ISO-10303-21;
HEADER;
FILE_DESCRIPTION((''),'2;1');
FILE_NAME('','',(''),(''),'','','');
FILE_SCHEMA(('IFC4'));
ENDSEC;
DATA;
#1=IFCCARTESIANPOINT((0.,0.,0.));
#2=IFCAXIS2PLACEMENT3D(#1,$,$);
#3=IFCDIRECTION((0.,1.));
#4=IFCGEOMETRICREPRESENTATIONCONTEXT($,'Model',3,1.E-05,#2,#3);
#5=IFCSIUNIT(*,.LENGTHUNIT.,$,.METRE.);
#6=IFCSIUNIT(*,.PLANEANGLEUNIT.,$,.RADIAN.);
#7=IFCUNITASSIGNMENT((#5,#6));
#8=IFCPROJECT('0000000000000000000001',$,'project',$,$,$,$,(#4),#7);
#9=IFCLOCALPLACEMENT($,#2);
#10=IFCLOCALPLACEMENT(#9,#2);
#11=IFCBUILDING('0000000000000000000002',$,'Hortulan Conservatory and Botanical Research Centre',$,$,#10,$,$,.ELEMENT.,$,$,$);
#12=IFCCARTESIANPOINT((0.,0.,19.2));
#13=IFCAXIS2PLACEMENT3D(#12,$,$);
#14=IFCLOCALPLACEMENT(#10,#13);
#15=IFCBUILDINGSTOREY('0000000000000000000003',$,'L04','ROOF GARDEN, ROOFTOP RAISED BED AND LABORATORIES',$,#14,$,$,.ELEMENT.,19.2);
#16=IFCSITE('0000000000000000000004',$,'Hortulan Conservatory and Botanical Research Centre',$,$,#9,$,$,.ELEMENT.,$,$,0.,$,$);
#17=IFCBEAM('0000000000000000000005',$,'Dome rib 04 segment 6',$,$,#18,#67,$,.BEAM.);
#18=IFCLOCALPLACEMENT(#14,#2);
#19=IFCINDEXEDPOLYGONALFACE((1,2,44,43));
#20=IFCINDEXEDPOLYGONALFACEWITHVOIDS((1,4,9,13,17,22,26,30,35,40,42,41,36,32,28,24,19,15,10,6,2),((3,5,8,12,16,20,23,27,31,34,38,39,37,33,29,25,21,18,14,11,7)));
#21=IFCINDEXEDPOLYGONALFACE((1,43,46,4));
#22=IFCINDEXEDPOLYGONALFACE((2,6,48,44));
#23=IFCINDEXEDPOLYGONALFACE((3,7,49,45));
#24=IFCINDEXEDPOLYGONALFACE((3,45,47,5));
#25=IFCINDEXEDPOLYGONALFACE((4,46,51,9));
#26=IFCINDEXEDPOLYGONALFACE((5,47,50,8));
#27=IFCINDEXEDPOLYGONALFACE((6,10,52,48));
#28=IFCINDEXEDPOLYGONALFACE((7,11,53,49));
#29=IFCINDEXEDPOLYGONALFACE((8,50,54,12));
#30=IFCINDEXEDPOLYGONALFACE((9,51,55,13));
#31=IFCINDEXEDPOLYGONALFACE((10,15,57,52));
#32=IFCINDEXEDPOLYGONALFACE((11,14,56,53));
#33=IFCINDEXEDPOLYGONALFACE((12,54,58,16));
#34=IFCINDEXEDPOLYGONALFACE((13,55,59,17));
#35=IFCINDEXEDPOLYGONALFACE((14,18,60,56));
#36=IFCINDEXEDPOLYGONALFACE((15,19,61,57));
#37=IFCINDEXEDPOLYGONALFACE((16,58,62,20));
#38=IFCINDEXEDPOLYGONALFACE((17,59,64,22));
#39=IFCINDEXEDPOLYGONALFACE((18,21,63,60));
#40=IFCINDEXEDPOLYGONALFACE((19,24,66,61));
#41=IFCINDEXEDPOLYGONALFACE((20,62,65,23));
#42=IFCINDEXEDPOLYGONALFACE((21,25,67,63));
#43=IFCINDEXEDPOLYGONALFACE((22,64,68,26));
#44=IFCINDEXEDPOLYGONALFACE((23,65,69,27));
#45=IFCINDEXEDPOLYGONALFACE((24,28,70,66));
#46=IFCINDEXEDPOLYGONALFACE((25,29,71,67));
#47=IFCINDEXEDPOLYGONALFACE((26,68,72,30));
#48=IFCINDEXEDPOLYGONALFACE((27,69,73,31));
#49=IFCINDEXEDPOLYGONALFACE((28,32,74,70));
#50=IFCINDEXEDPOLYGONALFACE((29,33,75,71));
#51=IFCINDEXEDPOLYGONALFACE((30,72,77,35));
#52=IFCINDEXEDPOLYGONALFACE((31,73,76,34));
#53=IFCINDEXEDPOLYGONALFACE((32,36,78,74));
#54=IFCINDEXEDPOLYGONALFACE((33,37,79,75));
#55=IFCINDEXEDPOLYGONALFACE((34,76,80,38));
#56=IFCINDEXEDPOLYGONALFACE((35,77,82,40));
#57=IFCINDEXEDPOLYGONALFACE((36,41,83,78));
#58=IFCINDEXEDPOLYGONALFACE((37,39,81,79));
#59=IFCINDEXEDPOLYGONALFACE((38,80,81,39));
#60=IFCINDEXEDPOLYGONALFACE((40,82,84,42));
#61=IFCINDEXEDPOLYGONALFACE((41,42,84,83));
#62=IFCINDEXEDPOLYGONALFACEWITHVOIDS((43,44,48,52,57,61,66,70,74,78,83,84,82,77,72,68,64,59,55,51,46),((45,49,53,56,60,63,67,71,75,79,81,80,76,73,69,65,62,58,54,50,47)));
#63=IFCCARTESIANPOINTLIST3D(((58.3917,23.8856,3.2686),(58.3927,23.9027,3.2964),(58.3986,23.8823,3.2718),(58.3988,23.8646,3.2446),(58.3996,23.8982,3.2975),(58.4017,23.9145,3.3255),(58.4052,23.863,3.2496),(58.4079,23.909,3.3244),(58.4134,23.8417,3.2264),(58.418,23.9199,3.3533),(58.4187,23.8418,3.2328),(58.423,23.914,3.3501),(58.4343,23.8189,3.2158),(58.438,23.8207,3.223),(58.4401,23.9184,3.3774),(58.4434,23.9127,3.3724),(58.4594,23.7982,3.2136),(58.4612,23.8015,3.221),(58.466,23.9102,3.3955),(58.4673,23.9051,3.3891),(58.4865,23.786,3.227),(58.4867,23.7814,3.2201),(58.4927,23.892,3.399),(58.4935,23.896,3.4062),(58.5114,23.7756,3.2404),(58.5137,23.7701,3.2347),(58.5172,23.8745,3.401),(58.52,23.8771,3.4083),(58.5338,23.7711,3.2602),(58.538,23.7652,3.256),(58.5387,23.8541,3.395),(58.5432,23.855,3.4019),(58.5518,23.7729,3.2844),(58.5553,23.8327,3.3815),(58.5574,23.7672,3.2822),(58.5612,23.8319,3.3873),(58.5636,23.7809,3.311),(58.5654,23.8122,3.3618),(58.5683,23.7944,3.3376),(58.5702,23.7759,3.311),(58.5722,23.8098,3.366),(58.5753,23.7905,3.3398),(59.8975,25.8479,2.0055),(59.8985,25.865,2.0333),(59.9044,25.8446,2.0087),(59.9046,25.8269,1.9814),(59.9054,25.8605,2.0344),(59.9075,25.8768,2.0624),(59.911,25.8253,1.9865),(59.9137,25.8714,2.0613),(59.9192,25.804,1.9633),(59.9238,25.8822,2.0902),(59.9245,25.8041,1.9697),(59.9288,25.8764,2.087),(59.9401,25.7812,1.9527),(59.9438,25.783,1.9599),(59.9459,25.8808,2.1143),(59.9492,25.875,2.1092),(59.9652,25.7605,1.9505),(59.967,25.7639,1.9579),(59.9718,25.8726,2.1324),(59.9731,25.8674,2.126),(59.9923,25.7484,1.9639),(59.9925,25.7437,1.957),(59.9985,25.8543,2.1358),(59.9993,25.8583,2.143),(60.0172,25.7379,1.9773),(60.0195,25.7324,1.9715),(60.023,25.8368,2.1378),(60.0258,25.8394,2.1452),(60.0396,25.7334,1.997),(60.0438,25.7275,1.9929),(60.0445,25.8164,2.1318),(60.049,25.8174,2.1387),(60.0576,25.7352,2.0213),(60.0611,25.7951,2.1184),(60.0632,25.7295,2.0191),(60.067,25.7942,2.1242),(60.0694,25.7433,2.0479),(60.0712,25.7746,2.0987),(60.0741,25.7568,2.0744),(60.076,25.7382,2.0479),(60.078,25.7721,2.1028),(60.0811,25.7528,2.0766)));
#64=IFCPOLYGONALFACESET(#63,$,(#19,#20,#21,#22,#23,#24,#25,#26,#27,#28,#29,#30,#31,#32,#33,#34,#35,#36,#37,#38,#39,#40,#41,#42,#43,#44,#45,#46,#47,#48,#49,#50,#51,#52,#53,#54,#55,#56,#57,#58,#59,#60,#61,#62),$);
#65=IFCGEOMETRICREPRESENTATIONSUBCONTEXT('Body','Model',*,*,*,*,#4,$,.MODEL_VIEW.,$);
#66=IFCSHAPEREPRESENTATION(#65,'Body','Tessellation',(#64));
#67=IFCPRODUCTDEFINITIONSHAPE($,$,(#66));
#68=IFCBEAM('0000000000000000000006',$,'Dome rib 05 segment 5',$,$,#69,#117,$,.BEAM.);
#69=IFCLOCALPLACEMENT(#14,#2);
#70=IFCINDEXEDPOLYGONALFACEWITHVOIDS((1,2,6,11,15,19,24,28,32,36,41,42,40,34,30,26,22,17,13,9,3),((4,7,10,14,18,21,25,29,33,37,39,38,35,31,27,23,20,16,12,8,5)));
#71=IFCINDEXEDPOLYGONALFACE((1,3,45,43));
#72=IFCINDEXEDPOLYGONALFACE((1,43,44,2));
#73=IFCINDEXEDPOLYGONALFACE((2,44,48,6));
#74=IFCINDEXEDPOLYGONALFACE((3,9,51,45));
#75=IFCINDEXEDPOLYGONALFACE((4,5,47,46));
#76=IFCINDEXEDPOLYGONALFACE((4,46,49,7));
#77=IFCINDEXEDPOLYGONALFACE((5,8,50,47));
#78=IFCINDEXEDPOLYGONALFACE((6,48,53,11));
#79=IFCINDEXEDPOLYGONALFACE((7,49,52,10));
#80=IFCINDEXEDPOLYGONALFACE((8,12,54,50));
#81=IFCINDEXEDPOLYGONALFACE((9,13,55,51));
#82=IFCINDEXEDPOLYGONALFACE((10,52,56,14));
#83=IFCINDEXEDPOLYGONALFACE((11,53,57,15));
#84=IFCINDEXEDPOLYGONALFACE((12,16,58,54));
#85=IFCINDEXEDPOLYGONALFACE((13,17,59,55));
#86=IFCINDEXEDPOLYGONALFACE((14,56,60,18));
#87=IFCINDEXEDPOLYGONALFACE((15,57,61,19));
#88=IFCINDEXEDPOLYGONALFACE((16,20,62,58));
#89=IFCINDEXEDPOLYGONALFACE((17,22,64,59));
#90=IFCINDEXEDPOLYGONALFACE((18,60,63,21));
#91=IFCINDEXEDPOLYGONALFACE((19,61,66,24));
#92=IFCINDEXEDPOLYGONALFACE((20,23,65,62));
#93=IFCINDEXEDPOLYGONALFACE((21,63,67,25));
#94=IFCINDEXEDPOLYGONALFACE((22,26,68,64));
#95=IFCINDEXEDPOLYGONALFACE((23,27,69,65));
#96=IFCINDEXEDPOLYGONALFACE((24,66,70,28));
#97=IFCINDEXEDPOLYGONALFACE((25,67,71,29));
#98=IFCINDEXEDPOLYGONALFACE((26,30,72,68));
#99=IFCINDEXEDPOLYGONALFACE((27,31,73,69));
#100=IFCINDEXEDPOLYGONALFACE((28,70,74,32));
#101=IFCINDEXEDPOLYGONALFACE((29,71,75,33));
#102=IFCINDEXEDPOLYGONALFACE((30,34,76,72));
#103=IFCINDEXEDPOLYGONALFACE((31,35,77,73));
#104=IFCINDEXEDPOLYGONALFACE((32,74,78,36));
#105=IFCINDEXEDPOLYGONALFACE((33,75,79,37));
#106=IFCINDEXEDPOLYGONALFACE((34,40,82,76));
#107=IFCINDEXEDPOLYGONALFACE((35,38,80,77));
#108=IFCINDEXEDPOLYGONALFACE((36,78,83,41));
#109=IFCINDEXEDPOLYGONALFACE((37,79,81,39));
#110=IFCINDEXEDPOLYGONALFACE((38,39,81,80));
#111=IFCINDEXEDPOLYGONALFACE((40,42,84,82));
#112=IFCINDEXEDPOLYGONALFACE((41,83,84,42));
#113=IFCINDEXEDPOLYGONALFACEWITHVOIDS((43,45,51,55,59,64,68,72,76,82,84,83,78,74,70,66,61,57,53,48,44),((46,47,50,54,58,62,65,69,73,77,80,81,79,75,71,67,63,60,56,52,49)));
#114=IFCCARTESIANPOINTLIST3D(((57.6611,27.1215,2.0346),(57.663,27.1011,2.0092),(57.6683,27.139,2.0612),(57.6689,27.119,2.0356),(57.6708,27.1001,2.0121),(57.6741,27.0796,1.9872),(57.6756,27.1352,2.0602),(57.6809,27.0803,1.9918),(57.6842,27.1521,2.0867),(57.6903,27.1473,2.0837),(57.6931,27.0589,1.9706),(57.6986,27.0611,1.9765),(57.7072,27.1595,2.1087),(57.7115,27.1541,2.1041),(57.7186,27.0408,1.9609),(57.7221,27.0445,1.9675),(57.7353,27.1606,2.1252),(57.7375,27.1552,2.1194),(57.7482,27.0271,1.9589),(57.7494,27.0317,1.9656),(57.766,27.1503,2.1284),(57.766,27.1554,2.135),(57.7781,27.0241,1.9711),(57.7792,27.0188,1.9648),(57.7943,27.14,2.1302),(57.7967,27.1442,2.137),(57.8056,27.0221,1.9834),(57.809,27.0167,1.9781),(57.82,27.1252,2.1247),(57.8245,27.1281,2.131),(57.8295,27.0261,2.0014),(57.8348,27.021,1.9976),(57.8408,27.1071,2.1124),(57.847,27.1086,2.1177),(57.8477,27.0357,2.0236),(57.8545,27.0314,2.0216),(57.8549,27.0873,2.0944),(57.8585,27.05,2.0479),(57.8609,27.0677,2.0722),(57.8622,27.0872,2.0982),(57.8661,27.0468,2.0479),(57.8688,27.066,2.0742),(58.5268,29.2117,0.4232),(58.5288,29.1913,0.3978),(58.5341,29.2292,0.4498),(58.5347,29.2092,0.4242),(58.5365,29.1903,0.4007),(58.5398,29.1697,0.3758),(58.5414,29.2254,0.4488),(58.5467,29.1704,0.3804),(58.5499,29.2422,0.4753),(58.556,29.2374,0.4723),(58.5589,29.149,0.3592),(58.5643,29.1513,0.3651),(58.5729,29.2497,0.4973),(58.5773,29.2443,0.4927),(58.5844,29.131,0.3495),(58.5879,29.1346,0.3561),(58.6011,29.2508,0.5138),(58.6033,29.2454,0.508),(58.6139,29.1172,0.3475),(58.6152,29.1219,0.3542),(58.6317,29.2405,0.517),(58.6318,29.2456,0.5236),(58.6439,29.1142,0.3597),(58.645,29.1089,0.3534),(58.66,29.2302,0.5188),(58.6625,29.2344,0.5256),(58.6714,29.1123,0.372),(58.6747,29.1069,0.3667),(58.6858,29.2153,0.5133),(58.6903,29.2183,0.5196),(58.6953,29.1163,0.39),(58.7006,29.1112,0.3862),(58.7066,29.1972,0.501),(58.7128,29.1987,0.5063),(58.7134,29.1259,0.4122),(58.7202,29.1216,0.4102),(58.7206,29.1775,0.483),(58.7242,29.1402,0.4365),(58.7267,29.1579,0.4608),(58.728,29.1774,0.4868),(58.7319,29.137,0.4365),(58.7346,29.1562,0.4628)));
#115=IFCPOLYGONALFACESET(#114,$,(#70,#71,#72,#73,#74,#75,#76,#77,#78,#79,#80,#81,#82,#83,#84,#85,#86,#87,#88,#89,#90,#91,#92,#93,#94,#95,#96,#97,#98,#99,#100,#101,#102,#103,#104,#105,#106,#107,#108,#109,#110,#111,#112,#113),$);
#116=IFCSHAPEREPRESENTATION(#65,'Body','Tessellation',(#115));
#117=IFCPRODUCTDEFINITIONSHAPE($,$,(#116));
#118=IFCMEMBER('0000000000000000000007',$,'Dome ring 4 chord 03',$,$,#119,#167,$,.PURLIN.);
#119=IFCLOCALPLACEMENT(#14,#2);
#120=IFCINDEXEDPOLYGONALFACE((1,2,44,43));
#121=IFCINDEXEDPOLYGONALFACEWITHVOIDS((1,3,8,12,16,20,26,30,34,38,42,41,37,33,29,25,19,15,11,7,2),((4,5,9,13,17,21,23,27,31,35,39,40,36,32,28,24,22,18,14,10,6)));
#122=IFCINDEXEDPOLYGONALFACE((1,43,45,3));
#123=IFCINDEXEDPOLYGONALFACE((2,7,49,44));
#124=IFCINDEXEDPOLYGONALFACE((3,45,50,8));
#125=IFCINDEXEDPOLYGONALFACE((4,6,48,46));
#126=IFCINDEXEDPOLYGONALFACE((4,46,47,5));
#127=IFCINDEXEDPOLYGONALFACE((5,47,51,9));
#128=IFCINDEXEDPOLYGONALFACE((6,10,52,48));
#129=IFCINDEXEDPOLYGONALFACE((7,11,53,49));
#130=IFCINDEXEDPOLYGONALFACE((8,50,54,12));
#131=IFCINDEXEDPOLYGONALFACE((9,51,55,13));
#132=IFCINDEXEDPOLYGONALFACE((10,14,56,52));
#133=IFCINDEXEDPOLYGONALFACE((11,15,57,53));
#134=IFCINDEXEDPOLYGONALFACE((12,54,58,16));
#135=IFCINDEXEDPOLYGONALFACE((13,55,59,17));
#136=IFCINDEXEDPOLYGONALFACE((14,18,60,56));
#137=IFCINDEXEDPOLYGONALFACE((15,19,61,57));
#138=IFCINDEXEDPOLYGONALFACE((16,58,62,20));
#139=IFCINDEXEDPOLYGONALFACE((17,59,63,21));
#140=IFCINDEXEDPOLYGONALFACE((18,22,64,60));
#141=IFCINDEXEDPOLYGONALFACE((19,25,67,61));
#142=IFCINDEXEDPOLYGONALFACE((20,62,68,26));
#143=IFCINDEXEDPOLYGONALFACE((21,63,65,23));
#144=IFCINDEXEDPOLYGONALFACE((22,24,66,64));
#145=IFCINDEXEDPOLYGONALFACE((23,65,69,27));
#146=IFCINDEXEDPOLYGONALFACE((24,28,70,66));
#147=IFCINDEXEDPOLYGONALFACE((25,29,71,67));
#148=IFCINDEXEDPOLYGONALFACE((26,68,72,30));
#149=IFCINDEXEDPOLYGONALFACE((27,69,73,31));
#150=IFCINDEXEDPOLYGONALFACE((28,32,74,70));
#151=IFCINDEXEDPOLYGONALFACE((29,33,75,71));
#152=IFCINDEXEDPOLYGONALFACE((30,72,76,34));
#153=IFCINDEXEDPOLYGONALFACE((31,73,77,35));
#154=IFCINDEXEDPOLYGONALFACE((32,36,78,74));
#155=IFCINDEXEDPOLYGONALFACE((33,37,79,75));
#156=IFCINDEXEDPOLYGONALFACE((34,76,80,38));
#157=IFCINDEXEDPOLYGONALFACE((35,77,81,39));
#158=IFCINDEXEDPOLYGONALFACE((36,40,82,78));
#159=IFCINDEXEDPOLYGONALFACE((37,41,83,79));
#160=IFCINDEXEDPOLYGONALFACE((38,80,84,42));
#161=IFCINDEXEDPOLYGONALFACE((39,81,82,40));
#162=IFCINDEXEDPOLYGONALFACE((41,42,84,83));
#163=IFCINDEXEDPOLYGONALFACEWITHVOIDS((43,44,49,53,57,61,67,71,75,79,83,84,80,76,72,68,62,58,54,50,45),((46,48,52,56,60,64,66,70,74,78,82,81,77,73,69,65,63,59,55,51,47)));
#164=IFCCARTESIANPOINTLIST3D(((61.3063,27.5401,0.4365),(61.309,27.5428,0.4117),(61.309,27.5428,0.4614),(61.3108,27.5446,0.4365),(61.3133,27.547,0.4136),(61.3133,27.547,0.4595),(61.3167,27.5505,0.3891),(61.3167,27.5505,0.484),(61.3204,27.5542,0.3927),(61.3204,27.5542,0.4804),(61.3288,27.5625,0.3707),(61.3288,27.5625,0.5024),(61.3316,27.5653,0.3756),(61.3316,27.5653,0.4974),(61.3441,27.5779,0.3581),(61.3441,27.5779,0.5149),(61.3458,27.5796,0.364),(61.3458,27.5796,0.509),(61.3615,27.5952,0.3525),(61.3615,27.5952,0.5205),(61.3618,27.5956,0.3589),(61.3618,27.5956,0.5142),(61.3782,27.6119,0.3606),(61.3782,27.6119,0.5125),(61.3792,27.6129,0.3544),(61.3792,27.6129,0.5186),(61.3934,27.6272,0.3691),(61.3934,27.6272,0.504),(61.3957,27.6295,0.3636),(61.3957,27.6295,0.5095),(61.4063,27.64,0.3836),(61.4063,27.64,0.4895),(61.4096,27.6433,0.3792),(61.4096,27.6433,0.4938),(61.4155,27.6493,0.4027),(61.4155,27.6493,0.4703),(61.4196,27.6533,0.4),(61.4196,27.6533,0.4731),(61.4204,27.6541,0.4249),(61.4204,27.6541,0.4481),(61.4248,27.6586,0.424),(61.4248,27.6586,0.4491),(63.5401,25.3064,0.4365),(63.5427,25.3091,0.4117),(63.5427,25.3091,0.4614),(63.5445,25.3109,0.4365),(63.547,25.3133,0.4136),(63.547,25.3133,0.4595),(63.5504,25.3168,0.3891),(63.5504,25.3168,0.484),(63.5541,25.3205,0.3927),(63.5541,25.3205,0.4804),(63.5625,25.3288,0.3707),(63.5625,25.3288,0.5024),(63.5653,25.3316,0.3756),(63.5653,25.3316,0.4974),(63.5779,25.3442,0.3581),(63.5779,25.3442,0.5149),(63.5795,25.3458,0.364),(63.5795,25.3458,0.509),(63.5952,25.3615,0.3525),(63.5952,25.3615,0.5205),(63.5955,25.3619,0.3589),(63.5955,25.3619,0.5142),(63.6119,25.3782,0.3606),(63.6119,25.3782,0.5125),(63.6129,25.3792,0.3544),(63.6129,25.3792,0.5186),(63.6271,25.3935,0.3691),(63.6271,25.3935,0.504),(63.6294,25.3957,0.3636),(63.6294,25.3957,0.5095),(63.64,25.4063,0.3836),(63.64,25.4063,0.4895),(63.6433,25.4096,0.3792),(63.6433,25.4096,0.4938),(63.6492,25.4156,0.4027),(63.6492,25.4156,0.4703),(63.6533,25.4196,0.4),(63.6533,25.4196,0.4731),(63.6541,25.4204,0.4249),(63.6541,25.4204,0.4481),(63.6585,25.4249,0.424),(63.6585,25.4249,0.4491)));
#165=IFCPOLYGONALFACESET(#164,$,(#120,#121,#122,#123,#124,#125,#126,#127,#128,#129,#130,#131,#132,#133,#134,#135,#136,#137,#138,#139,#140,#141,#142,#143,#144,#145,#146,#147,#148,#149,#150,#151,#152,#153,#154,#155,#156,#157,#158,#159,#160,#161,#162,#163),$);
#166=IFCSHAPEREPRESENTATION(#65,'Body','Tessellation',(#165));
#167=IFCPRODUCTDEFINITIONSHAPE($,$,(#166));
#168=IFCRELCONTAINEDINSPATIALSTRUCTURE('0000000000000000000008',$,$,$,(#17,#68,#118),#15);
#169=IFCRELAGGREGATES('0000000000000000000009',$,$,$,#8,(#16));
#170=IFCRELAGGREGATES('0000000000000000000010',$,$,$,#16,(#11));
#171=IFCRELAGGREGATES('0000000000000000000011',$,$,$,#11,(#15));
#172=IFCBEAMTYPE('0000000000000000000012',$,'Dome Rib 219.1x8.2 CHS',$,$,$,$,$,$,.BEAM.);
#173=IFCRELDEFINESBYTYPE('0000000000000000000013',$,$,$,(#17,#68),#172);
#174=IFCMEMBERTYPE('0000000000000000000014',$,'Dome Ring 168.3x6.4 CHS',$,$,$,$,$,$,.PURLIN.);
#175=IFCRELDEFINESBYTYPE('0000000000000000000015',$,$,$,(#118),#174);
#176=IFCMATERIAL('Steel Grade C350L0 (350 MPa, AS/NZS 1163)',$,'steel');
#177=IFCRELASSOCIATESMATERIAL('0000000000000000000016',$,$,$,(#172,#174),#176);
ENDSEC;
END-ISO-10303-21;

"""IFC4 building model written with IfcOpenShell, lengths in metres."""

from ifc_helpers import new_model, si_unit, direction, frame, origin, origin_2d, place, context, subcontext, project, spatial, hollow_circle, extrude, material, material_profile, profile_set, type_object, element, save


model = new_model("IFC4")

# Units and contexts
model_context = context("Model", 3, precision=1e-05, world=origin(), true_north=direction((0.0, 1.0)))
body_context = subcontext(model_context, "Body", "Model", "MODEL_VIEW")
ifc_project = project(units=[si_unit("LENGTHUNIT", "METRE"), si_unit("PLANEANGLEUNIT", "RADIAN")], contexts=[model_context])

# Site, building, storey
site_placement = place(None, origin())
site = spatial("IfcSite", under=ifc_project, at=site_placement, Name="Hortulan Conservatory and Botanical Research Centre", CompositionType="ELEMENT", RefElevation=0.0)
building_placement = place(site_placement, origin())
building = spatial("IfcBuilding", under=site, at=building_placement, Name="Hortulan Conservatory and Botanical Research Centre", CompositionType="ELEMENT")
storey_placement = place(building_placement, frame((0.0, 0.0, 19.2)))
storey = spatial("IfcBuildingStorey", under=building, at=storey_placement, Name="L04", Description="ROOF GARDEN, ROOFTOP RAISED BED AND LABORATORIES", CompositionType="ELEMENT", Elevation=19.2)

# Beams
ifc_material_1 = material(Name="Steel Grade C350L0 (350 MPa, AS/NZS 1163)", Category="steel")
ifc_material_profile_1 = material_profile(ifc_material_1, hollow_circle(Radius=0.1096, WallThickness=0.0083, at=origin_2d()), Name="219.1x8.2CHS")
ifc_profile_set_1 = profile_set([ifc_material_profile_1], Name="Steel Grade C350L0 (350 MPa, AS/NZS 1163)")
beam_type = type_object("IfcBeamType", Name="Dome Rib 219.1x8.2 CHS", PredefinedType="BEAM", material=ifc_profile_set_1)
for number, where, z_axis, x_axis, name in (
    (1, (59.989, 25.8049, 2.0479), (-0.542172, -0.706546, 0.454799), (0.793343, -0.608775, 0.0), "Dome rib 04 segment 6"),
):
    element("IfcBeam", number, at=place(storey_placement, frame(where, z_axis=z_axis, x_axis=x_axis)), inside=storey, type_object=beam_type, Name=name, PredefinedType="BEAM", context=body_context, shape_type="SweptSolid", body=[
        extrude(hollow_circle(Radius=0.1096, WallThickness=0.0083, at=origin_2d()), origin(), (0.0, 0.0, 1.0), 2.7773),
    ])
beam_placement = place(storey_placement, frame((58.6306, 29.179, 0.4365), z_axis=(-0.311695, -0.752516, 0.580143), x_axis=(0.923883, -0.382676, 0.0)))
element("IfcBeam", 2, at=beam_placement, inside=storey, type_object=beam_type, Name="Dome rib 05 segment 5", PredefinedType="BEAM", context=body_context, shape_type="SweptSolid", body=[
    extrude(hollow_circle(Radius=0.1096, WallThickness=0.0083, at=origin_2d()), origin(), (0.0, 0.0, 1.0), 2.7776),
])

# Member
ifc_material_profile_2 = material_profile(ifc_material_1, hollow_circle(Radius=0.0842, WallThickness=0.0063, at=origin_2d()), Name="168.3x6.4CHS")
ifc_profile_set_2 = profile_set([ifc_material_profile_2], Name="Steel Grade C350L0 (350 MPa, AS/NZS 1163)")
member_type_1 = type_object("IfcMemberType", Name="Dome Ring 168.3x6.4 CHS", PredefinedType="PURLIN", material=ifc_profile_set_2)
member_1_placement = place(storey_placement, frame((63.5996, 25.366, 0.4365), z_axis=(-0.707107, 0.707107, 0.0), x_axis=(-0.707107, -0.707107, 0.0)))
element("IfcMember", 3, at=member_1_placement, inside=storey, type_object=member_type_1, Name="Dome ring 4 chord 03", PredefinedType="PURLIN", context=body_context, shape_type="SweptSolid", body=[
    extrude(hollow_circle(Radius=0.0842, WallThickness=0.0063, at=origin_2d()), origin(), (0.0, 0.0, 1.0), 3.1589),
])

save(model, "model.ifc")
